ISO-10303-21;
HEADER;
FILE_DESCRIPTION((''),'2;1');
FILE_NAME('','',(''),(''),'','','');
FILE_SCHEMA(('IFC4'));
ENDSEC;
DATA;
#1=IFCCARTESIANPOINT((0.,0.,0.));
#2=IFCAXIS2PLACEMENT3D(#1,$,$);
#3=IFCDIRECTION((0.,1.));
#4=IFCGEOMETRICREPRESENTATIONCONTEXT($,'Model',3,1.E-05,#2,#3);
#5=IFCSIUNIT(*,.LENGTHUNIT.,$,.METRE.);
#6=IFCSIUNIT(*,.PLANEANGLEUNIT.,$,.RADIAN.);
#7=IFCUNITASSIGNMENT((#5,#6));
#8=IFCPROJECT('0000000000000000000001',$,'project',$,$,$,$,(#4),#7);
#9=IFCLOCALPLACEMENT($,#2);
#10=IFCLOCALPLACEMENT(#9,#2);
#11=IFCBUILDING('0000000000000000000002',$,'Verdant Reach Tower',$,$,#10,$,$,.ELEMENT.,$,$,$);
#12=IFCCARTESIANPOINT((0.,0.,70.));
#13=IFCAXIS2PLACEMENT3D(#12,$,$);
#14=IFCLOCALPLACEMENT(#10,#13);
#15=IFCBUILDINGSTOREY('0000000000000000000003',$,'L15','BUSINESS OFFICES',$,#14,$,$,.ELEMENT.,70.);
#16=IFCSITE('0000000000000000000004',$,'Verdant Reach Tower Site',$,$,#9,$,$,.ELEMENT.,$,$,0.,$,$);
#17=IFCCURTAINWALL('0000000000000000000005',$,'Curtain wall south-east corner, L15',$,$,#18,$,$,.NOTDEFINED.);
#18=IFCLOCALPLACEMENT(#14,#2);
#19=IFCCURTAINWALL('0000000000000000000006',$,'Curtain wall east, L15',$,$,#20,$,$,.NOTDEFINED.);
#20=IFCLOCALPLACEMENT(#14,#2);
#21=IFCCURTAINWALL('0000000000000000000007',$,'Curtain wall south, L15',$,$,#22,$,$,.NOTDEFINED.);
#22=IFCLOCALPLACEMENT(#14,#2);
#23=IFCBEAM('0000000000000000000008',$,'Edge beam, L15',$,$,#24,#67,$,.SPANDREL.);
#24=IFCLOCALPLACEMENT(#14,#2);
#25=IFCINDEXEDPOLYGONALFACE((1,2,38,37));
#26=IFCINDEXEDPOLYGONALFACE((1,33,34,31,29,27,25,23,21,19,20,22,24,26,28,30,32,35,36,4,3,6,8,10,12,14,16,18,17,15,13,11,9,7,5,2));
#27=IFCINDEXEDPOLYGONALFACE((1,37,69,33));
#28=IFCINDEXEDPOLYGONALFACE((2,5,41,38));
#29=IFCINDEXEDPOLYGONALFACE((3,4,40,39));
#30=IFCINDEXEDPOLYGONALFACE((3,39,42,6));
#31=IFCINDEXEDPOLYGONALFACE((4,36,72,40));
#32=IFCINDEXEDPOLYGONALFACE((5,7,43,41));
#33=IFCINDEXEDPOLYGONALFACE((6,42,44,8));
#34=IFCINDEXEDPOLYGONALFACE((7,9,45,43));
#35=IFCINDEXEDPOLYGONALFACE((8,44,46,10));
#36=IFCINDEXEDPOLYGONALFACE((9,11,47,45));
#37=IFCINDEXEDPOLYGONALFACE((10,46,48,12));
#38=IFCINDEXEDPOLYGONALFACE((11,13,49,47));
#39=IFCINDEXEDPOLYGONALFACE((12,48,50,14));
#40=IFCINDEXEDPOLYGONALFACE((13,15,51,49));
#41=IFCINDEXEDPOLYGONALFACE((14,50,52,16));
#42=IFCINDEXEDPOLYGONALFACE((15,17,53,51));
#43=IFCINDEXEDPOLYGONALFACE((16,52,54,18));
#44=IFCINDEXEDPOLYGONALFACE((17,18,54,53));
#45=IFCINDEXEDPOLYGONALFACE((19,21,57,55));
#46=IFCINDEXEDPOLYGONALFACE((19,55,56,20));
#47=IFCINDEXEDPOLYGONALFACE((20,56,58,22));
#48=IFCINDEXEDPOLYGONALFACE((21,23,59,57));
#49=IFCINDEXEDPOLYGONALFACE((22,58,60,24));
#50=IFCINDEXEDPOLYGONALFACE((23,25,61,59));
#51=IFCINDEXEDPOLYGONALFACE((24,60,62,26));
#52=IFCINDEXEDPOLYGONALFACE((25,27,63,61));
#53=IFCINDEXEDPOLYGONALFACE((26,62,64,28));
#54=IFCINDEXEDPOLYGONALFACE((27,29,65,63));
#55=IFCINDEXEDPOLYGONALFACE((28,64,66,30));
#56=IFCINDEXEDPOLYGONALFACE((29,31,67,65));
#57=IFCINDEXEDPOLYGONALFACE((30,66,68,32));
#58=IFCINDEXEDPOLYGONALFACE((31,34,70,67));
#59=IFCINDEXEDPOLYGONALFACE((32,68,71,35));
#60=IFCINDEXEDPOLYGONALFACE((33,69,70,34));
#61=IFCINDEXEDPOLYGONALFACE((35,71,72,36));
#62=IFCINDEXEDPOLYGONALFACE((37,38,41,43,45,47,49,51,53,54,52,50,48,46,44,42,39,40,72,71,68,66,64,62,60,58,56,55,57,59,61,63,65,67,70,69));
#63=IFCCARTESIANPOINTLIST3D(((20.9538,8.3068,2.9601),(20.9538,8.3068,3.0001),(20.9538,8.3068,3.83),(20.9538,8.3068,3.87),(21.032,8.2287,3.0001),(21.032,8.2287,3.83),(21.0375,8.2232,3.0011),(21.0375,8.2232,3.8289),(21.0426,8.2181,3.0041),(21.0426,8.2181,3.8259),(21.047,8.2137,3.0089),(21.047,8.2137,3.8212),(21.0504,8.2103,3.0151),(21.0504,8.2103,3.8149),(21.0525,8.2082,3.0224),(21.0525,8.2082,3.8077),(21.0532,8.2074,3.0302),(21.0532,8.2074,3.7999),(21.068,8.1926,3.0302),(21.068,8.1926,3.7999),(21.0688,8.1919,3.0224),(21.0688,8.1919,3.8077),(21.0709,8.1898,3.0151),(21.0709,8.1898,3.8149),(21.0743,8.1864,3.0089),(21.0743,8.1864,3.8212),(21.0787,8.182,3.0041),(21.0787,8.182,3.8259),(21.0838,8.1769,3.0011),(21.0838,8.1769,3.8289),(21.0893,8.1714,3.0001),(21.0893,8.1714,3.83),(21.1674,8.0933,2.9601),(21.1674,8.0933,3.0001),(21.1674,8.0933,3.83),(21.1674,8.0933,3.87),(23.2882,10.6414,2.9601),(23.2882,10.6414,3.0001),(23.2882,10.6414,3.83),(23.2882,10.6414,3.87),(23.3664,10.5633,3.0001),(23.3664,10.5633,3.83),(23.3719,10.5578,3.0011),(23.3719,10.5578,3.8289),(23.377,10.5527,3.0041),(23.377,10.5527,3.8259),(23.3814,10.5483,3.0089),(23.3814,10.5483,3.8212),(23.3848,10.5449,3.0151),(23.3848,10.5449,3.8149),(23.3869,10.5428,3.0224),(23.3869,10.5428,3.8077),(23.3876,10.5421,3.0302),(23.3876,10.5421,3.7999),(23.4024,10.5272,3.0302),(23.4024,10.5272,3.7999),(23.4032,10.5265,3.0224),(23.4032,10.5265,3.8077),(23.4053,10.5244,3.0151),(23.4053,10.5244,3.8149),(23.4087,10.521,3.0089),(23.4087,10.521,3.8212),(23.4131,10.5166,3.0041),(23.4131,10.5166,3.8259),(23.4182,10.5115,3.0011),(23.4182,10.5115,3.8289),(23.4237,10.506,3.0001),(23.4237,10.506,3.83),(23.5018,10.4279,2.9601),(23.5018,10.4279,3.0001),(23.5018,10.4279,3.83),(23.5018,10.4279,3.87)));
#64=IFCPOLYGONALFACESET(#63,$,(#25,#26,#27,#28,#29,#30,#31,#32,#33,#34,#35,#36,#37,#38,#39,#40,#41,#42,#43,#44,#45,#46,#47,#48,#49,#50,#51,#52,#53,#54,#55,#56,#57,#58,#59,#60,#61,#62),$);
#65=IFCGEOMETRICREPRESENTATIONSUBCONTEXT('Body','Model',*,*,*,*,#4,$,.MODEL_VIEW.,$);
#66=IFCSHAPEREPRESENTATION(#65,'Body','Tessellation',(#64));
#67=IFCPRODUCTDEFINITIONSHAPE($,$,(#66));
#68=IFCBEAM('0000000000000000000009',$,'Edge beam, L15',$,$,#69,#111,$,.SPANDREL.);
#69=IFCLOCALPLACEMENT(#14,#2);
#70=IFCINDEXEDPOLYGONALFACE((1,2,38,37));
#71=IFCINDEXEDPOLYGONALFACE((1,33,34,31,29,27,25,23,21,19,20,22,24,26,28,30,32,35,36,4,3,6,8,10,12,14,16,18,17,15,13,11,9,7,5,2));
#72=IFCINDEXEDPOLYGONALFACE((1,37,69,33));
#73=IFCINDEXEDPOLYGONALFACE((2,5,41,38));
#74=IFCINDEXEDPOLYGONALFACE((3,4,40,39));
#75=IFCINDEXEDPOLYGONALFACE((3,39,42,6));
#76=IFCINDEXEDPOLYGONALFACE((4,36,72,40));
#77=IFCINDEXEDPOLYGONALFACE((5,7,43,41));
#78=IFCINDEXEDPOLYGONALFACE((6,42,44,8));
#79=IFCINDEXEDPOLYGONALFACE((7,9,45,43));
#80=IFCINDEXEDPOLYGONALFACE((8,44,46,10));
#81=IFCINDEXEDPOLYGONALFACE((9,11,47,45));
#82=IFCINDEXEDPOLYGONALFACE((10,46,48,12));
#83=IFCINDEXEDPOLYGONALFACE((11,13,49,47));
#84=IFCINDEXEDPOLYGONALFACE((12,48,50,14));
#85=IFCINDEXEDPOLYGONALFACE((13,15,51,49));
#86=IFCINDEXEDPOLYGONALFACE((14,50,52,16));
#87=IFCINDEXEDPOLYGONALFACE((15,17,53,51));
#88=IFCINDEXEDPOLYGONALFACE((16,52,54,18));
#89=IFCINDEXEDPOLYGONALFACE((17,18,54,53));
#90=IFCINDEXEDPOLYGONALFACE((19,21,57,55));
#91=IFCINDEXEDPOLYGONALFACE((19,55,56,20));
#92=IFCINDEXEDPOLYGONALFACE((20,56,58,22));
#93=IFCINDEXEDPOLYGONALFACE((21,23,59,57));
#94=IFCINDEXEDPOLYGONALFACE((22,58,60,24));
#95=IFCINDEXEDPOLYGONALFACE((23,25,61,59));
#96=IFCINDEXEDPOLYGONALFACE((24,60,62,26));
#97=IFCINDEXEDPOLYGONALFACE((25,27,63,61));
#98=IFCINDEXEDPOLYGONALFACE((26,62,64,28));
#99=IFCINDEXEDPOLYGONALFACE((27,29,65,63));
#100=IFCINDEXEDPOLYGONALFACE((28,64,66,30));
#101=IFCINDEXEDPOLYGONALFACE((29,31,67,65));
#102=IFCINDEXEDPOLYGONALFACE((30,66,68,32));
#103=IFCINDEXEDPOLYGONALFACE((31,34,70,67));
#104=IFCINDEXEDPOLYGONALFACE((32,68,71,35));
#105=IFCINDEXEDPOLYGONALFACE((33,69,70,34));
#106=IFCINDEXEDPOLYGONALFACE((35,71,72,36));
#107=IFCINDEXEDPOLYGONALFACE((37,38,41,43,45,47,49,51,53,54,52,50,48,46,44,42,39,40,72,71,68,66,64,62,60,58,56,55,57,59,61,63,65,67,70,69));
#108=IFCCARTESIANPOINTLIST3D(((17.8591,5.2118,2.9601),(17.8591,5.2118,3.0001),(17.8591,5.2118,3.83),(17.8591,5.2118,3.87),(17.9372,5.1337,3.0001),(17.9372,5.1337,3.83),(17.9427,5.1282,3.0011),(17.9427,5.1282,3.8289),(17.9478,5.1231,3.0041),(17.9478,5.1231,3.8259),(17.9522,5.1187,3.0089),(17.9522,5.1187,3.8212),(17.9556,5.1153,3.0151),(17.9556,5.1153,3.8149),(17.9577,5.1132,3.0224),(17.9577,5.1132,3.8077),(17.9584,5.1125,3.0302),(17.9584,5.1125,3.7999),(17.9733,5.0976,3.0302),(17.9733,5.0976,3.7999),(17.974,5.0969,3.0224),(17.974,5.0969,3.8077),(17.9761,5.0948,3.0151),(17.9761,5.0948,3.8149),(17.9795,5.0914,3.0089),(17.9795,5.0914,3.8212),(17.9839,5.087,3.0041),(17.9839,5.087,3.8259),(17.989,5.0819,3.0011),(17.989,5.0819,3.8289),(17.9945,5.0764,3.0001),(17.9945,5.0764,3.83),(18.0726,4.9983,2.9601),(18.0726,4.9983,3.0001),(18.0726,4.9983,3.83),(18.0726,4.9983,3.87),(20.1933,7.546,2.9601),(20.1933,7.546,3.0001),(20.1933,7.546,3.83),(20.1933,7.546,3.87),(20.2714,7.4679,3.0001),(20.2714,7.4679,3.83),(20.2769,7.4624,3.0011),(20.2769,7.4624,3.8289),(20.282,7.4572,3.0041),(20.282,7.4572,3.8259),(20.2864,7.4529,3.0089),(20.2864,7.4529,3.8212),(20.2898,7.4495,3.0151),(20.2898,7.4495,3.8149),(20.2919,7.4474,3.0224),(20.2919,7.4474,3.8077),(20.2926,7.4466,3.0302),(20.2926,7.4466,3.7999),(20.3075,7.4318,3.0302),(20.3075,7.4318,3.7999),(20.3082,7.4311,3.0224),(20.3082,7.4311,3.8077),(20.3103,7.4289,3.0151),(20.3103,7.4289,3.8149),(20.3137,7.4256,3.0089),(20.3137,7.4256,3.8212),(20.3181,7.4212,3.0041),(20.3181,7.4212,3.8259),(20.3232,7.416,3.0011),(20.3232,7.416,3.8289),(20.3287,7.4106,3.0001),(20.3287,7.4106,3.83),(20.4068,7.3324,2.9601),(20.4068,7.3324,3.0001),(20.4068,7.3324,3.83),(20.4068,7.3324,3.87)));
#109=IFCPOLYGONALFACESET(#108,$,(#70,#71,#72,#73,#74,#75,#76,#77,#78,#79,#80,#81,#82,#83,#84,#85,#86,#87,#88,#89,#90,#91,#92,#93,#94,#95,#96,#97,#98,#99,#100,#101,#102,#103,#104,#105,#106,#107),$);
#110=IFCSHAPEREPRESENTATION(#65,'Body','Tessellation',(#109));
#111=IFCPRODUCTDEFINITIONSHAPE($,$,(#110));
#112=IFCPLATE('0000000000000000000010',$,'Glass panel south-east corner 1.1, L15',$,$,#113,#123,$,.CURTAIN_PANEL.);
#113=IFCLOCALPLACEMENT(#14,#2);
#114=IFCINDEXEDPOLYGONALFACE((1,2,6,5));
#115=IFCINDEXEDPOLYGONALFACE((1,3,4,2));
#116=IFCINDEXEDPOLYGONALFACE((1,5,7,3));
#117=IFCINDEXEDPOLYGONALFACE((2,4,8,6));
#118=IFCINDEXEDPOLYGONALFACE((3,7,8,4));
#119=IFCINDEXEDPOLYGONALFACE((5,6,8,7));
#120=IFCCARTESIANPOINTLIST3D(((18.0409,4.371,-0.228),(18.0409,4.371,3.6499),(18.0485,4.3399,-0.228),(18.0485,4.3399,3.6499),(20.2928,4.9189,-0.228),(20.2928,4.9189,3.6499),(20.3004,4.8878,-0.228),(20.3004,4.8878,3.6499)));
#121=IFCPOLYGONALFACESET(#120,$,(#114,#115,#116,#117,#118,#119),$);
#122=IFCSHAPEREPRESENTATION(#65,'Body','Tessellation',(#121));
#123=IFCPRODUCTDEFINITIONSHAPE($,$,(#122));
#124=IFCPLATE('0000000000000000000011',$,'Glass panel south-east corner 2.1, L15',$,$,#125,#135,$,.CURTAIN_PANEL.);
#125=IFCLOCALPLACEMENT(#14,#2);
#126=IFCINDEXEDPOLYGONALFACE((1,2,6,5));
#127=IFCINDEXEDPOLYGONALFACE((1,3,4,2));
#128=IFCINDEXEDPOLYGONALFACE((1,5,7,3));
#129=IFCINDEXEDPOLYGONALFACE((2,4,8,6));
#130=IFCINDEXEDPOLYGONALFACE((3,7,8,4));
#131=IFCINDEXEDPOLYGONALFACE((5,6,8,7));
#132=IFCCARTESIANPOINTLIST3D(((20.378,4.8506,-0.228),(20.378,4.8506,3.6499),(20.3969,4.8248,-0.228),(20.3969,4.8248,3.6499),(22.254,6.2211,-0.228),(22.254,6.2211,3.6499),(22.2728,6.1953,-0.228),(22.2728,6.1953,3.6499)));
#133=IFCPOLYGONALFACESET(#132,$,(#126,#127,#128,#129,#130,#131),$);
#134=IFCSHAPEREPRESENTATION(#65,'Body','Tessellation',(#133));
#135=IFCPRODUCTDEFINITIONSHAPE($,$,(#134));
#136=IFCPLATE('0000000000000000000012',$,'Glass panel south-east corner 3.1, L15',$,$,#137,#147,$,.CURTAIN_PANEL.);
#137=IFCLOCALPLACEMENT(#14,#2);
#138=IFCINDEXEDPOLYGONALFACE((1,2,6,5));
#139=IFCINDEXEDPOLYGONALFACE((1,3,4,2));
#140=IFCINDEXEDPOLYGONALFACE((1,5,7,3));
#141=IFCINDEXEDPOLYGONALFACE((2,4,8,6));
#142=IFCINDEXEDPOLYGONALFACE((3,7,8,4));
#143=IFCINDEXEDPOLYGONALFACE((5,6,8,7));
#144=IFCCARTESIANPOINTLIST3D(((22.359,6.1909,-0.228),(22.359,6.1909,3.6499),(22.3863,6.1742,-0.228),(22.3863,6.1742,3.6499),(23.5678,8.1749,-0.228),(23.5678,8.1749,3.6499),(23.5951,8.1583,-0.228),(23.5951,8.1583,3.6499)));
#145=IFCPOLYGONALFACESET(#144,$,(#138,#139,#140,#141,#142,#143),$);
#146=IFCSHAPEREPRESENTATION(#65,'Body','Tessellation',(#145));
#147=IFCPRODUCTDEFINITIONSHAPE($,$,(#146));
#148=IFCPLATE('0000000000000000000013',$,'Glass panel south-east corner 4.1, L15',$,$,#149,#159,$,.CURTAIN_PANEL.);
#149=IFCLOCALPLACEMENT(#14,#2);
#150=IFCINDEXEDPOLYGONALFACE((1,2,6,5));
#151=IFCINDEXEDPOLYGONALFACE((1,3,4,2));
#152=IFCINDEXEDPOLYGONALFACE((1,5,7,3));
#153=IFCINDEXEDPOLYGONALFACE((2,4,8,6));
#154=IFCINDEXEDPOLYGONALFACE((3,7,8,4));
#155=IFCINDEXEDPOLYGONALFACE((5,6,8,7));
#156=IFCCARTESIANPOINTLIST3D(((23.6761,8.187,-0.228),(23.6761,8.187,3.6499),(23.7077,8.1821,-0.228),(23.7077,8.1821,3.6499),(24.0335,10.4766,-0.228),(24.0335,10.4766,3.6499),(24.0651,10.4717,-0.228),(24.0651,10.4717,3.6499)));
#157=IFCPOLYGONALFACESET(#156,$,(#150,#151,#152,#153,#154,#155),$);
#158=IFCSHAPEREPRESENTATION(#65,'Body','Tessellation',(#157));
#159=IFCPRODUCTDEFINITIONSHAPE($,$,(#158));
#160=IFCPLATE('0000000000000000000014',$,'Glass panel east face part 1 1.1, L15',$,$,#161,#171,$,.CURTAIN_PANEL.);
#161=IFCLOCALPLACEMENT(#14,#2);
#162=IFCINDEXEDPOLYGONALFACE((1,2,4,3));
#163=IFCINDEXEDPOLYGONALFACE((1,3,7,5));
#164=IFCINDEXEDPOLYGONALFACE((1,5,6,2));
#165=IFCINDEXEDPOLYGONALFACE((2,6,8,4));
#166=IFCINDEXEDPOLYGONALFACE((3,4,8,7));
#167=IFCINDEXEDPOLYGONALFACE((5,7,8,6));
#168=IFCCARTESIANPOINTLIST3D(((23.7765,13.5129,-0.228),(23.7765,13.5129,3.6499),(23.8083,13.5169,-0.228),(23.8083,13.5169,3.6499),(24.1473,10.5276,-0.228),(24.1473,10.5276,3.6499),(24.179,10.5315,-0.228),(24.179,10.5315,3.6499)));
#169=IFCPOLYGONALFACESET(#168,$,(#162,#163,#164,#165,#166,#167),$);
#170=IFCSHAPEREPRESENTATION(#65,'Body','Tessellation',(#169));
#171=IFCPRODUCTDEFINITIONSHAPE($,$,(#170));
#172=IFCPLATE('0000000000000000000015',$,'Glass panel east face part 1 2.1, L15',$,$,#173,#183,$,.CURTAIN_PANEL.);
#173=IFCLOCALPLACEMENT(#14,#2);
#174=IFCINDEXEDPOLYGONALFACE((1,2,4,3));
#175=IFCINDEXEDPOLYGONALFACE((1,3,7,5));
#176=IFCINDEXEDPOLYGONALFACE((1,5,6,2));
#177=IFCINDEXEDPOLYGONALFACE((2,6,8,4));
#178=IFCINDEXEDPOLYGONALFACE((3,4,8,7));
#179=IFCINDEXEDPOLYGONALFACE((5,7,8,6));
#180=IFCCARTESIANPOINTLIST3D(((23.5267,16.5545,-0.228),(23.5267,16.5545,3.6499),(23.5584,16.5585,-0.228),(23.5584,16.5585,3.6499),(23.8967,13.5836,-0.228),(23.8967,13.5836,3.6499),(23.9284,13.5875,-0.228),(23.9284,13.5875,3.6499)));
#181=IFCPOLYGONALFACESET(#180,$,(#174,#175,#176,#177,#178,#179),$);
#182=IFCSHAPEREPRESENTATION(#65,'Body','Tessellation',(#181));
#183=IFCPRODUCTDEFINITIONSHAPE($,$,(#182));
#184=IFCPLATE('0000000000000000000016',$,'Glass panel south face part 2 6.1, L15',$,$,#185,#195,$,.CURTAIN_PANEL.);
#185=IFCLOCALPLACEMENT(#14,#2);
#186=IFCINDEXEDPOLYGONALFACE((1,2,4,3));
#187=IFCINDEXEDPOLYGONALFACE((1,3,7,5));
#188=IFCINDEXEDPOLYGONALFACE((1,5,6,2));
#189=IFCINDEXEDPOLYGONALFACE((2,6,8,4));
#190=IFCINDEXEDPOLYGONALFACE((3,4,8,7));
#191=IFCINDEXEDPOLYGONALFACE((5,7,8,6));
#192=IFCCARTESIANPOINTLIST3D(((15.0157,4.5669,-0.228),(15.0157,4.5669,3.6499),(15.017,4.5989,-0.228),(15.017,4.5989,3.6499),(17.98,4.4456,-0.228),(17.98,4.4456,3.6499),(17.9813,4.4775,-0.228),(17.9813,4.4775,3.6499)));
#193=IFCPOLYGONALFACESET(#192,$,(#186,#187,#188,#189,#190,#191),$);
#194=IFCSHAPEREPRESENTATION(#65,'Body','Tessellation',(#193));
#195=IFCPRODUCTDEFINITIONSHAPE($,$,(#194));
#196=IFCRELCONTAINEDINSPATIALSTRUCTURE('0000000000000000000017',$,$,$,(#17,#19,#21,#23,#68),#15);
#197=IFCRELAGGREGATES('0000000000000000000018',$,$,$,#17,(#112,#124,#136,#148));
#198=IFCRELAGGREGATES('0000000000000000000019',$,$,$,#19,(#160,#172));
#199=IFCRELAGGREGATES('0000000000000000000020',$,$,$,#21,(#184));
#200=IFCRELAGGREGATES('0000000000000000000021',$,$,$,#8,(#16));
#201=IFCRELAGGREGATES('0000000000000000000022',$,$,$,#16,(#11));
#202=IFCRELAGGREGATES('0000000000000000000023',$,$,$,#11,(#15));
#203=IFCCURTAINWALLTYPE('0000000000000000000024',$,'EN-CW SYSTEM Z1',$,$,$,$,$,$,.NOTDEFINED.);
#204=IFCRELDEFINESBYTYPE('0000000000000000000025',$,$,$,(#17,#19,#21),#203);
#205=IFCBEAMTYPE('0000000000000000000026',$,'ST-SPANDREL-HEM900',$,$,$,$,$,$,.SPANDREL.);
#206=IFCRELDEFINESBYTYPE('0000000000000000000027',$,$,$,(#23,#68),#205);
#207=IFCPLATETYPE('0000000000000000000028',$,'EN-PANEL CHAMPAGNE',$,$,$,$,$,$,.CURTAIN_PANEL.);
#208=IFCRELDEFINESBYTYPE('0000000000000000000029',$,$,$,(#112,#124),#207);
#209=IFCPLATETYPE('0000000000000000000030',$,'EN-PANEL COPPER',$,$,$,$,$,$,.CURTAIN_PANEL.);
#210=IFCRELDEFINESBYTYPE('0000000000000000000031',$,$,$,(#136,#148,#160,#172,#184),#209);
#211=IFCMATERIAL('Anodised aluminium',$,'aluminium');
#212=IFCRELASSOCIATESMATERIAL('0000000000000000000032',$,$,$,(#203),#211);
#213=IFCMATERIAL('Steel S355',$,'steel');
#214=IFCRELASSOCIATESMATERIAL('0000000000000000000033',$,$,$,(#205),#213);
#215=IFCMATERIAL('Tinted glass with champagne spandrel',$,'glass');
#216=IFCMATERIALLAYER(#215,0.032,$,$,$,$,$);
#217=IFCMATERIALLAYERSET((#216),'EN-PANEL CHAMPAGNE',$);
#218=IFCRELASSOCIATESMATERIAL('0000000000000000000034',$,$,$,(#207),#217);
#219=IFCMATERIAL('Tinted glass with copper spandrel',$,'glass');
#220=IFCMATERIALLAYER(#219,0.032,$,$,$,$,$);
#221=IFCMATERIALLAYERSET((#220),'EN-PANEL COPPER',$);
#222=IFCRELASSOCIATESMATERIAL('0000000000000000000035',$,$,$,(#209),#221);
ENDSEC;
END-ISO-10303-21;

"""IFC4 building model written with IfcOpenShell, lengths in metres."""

from ifc_helpers import new_model, si_unit, direction, frame, origin, origin_2d, place, context, subcontext, project, spatial, rectangle, i_section, extrude, material, layer, layer_set, material_profile, profile_set, type_object, element, aggregate, save


model = new_model("IFC4")

# Units and contexts
model_context = context("Model", 3, precision=1e-05, world=origin(), true_north=direction((0.0, 1.0)))
body_context = subcontext(model_context, "Body", "Model", "MODEL_VIEW")
ifc_project = project(units=[si_unit("LENGTHUNIT", "METRE"), si_unit("PLANEANGLEUNIT", "RADIAN")], contexts=[model_context])

# Site, building, storey
site_placement = place(None, origin())
site = spatial("IfcSite", under=ifc_project, at=site_placement, Name="Verdant Reach Tower Site", CompositionType="ELEMENT", RefElevation=0.0)
building_placement = place(site_placement, origin())
building = spatial("IfcBuilding", under=site, at=building_placement, Name="Verdant Reach Tower", CompositionType="ELEMENT")
storey_placement = place(building_placement, frame((0.0, 0.0, 70.0)))
storey = spatial("IfcBuildingStorey", under=building, at=storey_placement, Name="L15", Description="BUSINESS OFFICES", CompositionType="ELEMENT", Elevation=70.0)

# Curtain walls
ifc_material_1 = material(Name="Anodised aluminium", Category="aluminium")
curtain_wall_type = type_object("IfcCurtainWallType", Name="EN-CW SYSTEM Z1", PredefinedType="NOTDEFINED", material=ifc_material_1)
curtain_wall_1_placement = place(storey_placement, origin())
curtain_wall_1 = element("IfcCurtainWall", 1, at=curtain_wall_1_placement, inside=storey, type_object=curtain_wall_type, Name="Curtain wall south-east corner, L15", PredefinedType="NOTDEFINED")
curtain_wall_2_placement = place(storey_placement, origin())
curtain_wall_2 = element("IfcCurtainWall", 2, at=curtain_wall_2_placement, inside=storey, type_object=curtain_wall_type, Name="Curtain wall east, L15", PredefinedType="NOTDEFINED")

# Curtain wall
curtain_wall_3_placement = place(storey_placement, origin())
curtain_wall_3 = element("IfcCurtainWall", 3, at=curtain_wall_3_placement, inside=storey, type_object=curtain_wall_type, Name="Curtain wall south, L15", PredefinedType="NOTDEFINED")

# Beams
ifc_material_2 = material(Name="Steel S355", Category="steel")
ifc_material_profile_1 = material_profile(ifc_material_2, i_section(OverallWidth=0.302, OverallDepth=0.9099, WebThickness=0.021, FlangeThickness=0.04, FilletRadius=0.03, at=origin_2d()), Name="HEM 900")
ifc_profile_set_1 = profile_set([ifc_material_profile_1], Name="Steel S355")
beam_type_1 = type_object("IfcBeamType", Name="ST-SPANDREL-HEM900", PredefinedType="SPANDREL", material=ifc_profile_set_1)
beam_1_placement = place(storey_placement, frame((23.395, 10.5347, 3.415), z_axis=(-0.70707, -0.707144, 0.0), x_axis=(0.707144, -0.70707, 0.0)))
element("IfcBeam", 4, at=beam_1_placement, inside=storey, type_object=beam_type_1, Name="Edge beam, L15", PredefinedType="SPANDREL", context=body_context, shape_type="SweptSolid", body=[
    extrude(i_section(OverallWidth=0.302, OverallDepth=0.9099, WebThickness=0.021, FlangeThickness=0.04, FilletRadius=0.03, at=origin_2d()), origin(), (0.0, 0.0, 1.0), 3.3015),
])
beam_2_placement = place(storey_placement, frame((20.3, 7.4392, 3.415), z_axis=(-0.707107, -0.707107, 0.0), x_axis=(0.707107, -0.707107, 0.0)))
element("IfcBeam", 5, at=beam_2_placement, inside=storey, type_object=beam_type_1, Name="Edge beam, L15", PredefinedType="SPANDREL", context=body_context, shape_type="SweptSolid", body=[
    extrude(i_section(OverallWidth=0.302, OverallDepth=0.9099, WebThickness=0.021, FlangeThickness=0.04, FilletRadius=0.03, at=origin_2d()), origin(), (0.0, 0.0, 1.0), 3.301),
])

# Plates
ifc_material_3 = material(Name="Tinted glass with champagne spandrel", Category="glass")
ifc_layer_1 = layer(ifc_material_3, 0.032)
ifc_layer_set_1 = layer_set([ifc_layer_1], Name="EN-PANEL CHAMPAGNE")
plate_type_1 = type_object("IfcPlateType", Name="EN-PANEL CHAMPAGNE", PredefinedType="CURTAIN_PANEL", material=ifc_layer_set_1)
plate_1_placement = place(storey_placement, frame((19.1707, 4.6294, -0.228), z_axis=(0.0, 0.0, 1.0), x_axis=(0.971661, 0.23638, 0.0)))
plate_1 = element("IfcPlate", 6, at=plate_1_placement, type_object=plate_type_1, Name="Glass panel south-east corner 1.1, L15", PredefinedType="CURTAIN_PANEL", context=body_context, shape_type="SweptSolid", body=[
    extrude(rectangle(XDim=2.3176, YDim=0.032, at=origin_2d()), origin(), (0.0, 0.0, 1.0), 3.8779),
])
plate_2_placement = place(storey_placement, frame((21.3254, 5.5229, -0.228), z_axis=(0.0, 0.0, 1.0), x_axis=(0.807457, 0.589927, 0.0)))
plate_2 = element("IfcPlate", 7, at=plate_2_placement, type_object=plate_type_1, Name="Glass panel south-east corner 2.1, L15", PredefinedType="CURTAIN_PANEL", context=body_context, shape_type="SweptSolid", body=[
    extrude(rectangle(XDim=2.3232, YDim=0.032, at=origin_2d()), origin(), (0.0, 0.0, 1.0), 3.8779),
])
ifc_material_4 = material(Name="Tinted glass with copper spandrel", Category="glass")
ifc_layer_2 = layer(ifc_material_4, 0.032)
ifc_layer_set_2 = layer_set([ifc_layer_2], Name="EN-PANEL COPPER")
plate_type_2 = type_object("IfcPlateType", Name="EN-PANEL COPPER", PredefinedType="CURTAIN_PANEL", material=ifc_layer_set_2)
plate_3_placement = place(storey_placement, frame((22.9771, 7.1746, -0.228), z_axis=(0.0, 0.0, 1.0), x_axis=(0.520292, 0.853989, 0.0)))
plate_3 = element("IfcPlate", 8, at=plate_3_placement, type_object=plate_type_2, Name="Glass panel south-east corner 3.1, L15", PredefinedType="CURTAIN_PANEL", context=body_context, shape_type="SweptSolid", body=[
    extrude(rectangle(XDim=2.3232, YDim=0.032, at=origin_2d()), origin(), (0.0, 0.0, 1.0), 3.8779),
])
plate_4_placement = place(storey_placement, frame((23.8706, 9.3293, -0.228), z_axis=(0.0, 0.0, 1.0), x_axis=(0.154248, 0.988032, 0.0)))
plate_4 = element("IfcPlate", 9, at=plate_4_placement, type_object=plate_type_2, Name="Glass panel south-east corner 4.1, L15", PredefinedType="CURTAIN_PANEL", context=body_context, shape_type="SweptSolid", body=[
    extrude(rectangle(XDim=2.3174, YDim=0.032, at=origin_2d()), origin(), (0.0, 0.0, 1.0), 3.8779),
])
aggregate(curtain_wall_1, [plate_1, plate_2, plate_3, plate_4])
plate_5_placement = place(storey_placement, frame((23.9778, 12.0222, -0.228), z_axis=(0.0, 0.0, 1.0), x_axis=(-0.123256, 0.992375, 0.0)))
plate_5 = element("IfcPlate", 10, at=plate_5_placement, type_object=plate_type_2, Name="Glass panel east face part 1 1.1, L15", PredefinedType="CURTAIN_PANEL", context=body_context, shape_type="SweptSolid", body=[
    extrude(rectangle(XDim=3.0083, YDim=0.032, at=origin_2d()), origin(), (0.0, 0.0, 1.0), 3.8779),
])
plate_6_placement = place(storey_placement, frame((23.7275, 15.071, -0.228), z_axis=(0.0, 0.0, 1.0), x_axis=(-0.123579, 0.992335, 0.0)))
plate_6 = element("IfcPlate", 11, at=plate_6_placement, type_object=plate_type_2, Name="Glass panel east face part 1 2.1, L15", PredefinedType="CURTAIN_PANEL", context=body_context, shape_type="SweptSolid", body=[
    extrude(rectangle(XDim=2.9939, YDim=0.032, at=origin_2d()), origin(), (0.0, 0.0, 1.0), 3.8779),
])
aggregate(curtain_wall_2, [plate_5, plate_6])
plate_7_placement = place(storey_placement, frame((16.4985, 4.5222, -0.228), z_axis=(0.0, 0.0, 1.0), x_axis=(0.999163, -0.04091, 0.0)))
plate_7 = element("IfcPlate", 12, at=plate_7_placement, type_object=plate_type_2, Name="Glass panel south face part 2 6.1, L15", PredefinedType="CURTAIN_PANEL", context=body_context, shape_type="SweptSolid", body=[
    extrude(rectangle(XDim=2.9668, YDim=0.032, at=origin_2d()), origin(), (0.0, 0.0, 1.0), 3.8779),
])
aggregate(curtain_wall_3, [plate_7])

save(model, "model.ifc")
